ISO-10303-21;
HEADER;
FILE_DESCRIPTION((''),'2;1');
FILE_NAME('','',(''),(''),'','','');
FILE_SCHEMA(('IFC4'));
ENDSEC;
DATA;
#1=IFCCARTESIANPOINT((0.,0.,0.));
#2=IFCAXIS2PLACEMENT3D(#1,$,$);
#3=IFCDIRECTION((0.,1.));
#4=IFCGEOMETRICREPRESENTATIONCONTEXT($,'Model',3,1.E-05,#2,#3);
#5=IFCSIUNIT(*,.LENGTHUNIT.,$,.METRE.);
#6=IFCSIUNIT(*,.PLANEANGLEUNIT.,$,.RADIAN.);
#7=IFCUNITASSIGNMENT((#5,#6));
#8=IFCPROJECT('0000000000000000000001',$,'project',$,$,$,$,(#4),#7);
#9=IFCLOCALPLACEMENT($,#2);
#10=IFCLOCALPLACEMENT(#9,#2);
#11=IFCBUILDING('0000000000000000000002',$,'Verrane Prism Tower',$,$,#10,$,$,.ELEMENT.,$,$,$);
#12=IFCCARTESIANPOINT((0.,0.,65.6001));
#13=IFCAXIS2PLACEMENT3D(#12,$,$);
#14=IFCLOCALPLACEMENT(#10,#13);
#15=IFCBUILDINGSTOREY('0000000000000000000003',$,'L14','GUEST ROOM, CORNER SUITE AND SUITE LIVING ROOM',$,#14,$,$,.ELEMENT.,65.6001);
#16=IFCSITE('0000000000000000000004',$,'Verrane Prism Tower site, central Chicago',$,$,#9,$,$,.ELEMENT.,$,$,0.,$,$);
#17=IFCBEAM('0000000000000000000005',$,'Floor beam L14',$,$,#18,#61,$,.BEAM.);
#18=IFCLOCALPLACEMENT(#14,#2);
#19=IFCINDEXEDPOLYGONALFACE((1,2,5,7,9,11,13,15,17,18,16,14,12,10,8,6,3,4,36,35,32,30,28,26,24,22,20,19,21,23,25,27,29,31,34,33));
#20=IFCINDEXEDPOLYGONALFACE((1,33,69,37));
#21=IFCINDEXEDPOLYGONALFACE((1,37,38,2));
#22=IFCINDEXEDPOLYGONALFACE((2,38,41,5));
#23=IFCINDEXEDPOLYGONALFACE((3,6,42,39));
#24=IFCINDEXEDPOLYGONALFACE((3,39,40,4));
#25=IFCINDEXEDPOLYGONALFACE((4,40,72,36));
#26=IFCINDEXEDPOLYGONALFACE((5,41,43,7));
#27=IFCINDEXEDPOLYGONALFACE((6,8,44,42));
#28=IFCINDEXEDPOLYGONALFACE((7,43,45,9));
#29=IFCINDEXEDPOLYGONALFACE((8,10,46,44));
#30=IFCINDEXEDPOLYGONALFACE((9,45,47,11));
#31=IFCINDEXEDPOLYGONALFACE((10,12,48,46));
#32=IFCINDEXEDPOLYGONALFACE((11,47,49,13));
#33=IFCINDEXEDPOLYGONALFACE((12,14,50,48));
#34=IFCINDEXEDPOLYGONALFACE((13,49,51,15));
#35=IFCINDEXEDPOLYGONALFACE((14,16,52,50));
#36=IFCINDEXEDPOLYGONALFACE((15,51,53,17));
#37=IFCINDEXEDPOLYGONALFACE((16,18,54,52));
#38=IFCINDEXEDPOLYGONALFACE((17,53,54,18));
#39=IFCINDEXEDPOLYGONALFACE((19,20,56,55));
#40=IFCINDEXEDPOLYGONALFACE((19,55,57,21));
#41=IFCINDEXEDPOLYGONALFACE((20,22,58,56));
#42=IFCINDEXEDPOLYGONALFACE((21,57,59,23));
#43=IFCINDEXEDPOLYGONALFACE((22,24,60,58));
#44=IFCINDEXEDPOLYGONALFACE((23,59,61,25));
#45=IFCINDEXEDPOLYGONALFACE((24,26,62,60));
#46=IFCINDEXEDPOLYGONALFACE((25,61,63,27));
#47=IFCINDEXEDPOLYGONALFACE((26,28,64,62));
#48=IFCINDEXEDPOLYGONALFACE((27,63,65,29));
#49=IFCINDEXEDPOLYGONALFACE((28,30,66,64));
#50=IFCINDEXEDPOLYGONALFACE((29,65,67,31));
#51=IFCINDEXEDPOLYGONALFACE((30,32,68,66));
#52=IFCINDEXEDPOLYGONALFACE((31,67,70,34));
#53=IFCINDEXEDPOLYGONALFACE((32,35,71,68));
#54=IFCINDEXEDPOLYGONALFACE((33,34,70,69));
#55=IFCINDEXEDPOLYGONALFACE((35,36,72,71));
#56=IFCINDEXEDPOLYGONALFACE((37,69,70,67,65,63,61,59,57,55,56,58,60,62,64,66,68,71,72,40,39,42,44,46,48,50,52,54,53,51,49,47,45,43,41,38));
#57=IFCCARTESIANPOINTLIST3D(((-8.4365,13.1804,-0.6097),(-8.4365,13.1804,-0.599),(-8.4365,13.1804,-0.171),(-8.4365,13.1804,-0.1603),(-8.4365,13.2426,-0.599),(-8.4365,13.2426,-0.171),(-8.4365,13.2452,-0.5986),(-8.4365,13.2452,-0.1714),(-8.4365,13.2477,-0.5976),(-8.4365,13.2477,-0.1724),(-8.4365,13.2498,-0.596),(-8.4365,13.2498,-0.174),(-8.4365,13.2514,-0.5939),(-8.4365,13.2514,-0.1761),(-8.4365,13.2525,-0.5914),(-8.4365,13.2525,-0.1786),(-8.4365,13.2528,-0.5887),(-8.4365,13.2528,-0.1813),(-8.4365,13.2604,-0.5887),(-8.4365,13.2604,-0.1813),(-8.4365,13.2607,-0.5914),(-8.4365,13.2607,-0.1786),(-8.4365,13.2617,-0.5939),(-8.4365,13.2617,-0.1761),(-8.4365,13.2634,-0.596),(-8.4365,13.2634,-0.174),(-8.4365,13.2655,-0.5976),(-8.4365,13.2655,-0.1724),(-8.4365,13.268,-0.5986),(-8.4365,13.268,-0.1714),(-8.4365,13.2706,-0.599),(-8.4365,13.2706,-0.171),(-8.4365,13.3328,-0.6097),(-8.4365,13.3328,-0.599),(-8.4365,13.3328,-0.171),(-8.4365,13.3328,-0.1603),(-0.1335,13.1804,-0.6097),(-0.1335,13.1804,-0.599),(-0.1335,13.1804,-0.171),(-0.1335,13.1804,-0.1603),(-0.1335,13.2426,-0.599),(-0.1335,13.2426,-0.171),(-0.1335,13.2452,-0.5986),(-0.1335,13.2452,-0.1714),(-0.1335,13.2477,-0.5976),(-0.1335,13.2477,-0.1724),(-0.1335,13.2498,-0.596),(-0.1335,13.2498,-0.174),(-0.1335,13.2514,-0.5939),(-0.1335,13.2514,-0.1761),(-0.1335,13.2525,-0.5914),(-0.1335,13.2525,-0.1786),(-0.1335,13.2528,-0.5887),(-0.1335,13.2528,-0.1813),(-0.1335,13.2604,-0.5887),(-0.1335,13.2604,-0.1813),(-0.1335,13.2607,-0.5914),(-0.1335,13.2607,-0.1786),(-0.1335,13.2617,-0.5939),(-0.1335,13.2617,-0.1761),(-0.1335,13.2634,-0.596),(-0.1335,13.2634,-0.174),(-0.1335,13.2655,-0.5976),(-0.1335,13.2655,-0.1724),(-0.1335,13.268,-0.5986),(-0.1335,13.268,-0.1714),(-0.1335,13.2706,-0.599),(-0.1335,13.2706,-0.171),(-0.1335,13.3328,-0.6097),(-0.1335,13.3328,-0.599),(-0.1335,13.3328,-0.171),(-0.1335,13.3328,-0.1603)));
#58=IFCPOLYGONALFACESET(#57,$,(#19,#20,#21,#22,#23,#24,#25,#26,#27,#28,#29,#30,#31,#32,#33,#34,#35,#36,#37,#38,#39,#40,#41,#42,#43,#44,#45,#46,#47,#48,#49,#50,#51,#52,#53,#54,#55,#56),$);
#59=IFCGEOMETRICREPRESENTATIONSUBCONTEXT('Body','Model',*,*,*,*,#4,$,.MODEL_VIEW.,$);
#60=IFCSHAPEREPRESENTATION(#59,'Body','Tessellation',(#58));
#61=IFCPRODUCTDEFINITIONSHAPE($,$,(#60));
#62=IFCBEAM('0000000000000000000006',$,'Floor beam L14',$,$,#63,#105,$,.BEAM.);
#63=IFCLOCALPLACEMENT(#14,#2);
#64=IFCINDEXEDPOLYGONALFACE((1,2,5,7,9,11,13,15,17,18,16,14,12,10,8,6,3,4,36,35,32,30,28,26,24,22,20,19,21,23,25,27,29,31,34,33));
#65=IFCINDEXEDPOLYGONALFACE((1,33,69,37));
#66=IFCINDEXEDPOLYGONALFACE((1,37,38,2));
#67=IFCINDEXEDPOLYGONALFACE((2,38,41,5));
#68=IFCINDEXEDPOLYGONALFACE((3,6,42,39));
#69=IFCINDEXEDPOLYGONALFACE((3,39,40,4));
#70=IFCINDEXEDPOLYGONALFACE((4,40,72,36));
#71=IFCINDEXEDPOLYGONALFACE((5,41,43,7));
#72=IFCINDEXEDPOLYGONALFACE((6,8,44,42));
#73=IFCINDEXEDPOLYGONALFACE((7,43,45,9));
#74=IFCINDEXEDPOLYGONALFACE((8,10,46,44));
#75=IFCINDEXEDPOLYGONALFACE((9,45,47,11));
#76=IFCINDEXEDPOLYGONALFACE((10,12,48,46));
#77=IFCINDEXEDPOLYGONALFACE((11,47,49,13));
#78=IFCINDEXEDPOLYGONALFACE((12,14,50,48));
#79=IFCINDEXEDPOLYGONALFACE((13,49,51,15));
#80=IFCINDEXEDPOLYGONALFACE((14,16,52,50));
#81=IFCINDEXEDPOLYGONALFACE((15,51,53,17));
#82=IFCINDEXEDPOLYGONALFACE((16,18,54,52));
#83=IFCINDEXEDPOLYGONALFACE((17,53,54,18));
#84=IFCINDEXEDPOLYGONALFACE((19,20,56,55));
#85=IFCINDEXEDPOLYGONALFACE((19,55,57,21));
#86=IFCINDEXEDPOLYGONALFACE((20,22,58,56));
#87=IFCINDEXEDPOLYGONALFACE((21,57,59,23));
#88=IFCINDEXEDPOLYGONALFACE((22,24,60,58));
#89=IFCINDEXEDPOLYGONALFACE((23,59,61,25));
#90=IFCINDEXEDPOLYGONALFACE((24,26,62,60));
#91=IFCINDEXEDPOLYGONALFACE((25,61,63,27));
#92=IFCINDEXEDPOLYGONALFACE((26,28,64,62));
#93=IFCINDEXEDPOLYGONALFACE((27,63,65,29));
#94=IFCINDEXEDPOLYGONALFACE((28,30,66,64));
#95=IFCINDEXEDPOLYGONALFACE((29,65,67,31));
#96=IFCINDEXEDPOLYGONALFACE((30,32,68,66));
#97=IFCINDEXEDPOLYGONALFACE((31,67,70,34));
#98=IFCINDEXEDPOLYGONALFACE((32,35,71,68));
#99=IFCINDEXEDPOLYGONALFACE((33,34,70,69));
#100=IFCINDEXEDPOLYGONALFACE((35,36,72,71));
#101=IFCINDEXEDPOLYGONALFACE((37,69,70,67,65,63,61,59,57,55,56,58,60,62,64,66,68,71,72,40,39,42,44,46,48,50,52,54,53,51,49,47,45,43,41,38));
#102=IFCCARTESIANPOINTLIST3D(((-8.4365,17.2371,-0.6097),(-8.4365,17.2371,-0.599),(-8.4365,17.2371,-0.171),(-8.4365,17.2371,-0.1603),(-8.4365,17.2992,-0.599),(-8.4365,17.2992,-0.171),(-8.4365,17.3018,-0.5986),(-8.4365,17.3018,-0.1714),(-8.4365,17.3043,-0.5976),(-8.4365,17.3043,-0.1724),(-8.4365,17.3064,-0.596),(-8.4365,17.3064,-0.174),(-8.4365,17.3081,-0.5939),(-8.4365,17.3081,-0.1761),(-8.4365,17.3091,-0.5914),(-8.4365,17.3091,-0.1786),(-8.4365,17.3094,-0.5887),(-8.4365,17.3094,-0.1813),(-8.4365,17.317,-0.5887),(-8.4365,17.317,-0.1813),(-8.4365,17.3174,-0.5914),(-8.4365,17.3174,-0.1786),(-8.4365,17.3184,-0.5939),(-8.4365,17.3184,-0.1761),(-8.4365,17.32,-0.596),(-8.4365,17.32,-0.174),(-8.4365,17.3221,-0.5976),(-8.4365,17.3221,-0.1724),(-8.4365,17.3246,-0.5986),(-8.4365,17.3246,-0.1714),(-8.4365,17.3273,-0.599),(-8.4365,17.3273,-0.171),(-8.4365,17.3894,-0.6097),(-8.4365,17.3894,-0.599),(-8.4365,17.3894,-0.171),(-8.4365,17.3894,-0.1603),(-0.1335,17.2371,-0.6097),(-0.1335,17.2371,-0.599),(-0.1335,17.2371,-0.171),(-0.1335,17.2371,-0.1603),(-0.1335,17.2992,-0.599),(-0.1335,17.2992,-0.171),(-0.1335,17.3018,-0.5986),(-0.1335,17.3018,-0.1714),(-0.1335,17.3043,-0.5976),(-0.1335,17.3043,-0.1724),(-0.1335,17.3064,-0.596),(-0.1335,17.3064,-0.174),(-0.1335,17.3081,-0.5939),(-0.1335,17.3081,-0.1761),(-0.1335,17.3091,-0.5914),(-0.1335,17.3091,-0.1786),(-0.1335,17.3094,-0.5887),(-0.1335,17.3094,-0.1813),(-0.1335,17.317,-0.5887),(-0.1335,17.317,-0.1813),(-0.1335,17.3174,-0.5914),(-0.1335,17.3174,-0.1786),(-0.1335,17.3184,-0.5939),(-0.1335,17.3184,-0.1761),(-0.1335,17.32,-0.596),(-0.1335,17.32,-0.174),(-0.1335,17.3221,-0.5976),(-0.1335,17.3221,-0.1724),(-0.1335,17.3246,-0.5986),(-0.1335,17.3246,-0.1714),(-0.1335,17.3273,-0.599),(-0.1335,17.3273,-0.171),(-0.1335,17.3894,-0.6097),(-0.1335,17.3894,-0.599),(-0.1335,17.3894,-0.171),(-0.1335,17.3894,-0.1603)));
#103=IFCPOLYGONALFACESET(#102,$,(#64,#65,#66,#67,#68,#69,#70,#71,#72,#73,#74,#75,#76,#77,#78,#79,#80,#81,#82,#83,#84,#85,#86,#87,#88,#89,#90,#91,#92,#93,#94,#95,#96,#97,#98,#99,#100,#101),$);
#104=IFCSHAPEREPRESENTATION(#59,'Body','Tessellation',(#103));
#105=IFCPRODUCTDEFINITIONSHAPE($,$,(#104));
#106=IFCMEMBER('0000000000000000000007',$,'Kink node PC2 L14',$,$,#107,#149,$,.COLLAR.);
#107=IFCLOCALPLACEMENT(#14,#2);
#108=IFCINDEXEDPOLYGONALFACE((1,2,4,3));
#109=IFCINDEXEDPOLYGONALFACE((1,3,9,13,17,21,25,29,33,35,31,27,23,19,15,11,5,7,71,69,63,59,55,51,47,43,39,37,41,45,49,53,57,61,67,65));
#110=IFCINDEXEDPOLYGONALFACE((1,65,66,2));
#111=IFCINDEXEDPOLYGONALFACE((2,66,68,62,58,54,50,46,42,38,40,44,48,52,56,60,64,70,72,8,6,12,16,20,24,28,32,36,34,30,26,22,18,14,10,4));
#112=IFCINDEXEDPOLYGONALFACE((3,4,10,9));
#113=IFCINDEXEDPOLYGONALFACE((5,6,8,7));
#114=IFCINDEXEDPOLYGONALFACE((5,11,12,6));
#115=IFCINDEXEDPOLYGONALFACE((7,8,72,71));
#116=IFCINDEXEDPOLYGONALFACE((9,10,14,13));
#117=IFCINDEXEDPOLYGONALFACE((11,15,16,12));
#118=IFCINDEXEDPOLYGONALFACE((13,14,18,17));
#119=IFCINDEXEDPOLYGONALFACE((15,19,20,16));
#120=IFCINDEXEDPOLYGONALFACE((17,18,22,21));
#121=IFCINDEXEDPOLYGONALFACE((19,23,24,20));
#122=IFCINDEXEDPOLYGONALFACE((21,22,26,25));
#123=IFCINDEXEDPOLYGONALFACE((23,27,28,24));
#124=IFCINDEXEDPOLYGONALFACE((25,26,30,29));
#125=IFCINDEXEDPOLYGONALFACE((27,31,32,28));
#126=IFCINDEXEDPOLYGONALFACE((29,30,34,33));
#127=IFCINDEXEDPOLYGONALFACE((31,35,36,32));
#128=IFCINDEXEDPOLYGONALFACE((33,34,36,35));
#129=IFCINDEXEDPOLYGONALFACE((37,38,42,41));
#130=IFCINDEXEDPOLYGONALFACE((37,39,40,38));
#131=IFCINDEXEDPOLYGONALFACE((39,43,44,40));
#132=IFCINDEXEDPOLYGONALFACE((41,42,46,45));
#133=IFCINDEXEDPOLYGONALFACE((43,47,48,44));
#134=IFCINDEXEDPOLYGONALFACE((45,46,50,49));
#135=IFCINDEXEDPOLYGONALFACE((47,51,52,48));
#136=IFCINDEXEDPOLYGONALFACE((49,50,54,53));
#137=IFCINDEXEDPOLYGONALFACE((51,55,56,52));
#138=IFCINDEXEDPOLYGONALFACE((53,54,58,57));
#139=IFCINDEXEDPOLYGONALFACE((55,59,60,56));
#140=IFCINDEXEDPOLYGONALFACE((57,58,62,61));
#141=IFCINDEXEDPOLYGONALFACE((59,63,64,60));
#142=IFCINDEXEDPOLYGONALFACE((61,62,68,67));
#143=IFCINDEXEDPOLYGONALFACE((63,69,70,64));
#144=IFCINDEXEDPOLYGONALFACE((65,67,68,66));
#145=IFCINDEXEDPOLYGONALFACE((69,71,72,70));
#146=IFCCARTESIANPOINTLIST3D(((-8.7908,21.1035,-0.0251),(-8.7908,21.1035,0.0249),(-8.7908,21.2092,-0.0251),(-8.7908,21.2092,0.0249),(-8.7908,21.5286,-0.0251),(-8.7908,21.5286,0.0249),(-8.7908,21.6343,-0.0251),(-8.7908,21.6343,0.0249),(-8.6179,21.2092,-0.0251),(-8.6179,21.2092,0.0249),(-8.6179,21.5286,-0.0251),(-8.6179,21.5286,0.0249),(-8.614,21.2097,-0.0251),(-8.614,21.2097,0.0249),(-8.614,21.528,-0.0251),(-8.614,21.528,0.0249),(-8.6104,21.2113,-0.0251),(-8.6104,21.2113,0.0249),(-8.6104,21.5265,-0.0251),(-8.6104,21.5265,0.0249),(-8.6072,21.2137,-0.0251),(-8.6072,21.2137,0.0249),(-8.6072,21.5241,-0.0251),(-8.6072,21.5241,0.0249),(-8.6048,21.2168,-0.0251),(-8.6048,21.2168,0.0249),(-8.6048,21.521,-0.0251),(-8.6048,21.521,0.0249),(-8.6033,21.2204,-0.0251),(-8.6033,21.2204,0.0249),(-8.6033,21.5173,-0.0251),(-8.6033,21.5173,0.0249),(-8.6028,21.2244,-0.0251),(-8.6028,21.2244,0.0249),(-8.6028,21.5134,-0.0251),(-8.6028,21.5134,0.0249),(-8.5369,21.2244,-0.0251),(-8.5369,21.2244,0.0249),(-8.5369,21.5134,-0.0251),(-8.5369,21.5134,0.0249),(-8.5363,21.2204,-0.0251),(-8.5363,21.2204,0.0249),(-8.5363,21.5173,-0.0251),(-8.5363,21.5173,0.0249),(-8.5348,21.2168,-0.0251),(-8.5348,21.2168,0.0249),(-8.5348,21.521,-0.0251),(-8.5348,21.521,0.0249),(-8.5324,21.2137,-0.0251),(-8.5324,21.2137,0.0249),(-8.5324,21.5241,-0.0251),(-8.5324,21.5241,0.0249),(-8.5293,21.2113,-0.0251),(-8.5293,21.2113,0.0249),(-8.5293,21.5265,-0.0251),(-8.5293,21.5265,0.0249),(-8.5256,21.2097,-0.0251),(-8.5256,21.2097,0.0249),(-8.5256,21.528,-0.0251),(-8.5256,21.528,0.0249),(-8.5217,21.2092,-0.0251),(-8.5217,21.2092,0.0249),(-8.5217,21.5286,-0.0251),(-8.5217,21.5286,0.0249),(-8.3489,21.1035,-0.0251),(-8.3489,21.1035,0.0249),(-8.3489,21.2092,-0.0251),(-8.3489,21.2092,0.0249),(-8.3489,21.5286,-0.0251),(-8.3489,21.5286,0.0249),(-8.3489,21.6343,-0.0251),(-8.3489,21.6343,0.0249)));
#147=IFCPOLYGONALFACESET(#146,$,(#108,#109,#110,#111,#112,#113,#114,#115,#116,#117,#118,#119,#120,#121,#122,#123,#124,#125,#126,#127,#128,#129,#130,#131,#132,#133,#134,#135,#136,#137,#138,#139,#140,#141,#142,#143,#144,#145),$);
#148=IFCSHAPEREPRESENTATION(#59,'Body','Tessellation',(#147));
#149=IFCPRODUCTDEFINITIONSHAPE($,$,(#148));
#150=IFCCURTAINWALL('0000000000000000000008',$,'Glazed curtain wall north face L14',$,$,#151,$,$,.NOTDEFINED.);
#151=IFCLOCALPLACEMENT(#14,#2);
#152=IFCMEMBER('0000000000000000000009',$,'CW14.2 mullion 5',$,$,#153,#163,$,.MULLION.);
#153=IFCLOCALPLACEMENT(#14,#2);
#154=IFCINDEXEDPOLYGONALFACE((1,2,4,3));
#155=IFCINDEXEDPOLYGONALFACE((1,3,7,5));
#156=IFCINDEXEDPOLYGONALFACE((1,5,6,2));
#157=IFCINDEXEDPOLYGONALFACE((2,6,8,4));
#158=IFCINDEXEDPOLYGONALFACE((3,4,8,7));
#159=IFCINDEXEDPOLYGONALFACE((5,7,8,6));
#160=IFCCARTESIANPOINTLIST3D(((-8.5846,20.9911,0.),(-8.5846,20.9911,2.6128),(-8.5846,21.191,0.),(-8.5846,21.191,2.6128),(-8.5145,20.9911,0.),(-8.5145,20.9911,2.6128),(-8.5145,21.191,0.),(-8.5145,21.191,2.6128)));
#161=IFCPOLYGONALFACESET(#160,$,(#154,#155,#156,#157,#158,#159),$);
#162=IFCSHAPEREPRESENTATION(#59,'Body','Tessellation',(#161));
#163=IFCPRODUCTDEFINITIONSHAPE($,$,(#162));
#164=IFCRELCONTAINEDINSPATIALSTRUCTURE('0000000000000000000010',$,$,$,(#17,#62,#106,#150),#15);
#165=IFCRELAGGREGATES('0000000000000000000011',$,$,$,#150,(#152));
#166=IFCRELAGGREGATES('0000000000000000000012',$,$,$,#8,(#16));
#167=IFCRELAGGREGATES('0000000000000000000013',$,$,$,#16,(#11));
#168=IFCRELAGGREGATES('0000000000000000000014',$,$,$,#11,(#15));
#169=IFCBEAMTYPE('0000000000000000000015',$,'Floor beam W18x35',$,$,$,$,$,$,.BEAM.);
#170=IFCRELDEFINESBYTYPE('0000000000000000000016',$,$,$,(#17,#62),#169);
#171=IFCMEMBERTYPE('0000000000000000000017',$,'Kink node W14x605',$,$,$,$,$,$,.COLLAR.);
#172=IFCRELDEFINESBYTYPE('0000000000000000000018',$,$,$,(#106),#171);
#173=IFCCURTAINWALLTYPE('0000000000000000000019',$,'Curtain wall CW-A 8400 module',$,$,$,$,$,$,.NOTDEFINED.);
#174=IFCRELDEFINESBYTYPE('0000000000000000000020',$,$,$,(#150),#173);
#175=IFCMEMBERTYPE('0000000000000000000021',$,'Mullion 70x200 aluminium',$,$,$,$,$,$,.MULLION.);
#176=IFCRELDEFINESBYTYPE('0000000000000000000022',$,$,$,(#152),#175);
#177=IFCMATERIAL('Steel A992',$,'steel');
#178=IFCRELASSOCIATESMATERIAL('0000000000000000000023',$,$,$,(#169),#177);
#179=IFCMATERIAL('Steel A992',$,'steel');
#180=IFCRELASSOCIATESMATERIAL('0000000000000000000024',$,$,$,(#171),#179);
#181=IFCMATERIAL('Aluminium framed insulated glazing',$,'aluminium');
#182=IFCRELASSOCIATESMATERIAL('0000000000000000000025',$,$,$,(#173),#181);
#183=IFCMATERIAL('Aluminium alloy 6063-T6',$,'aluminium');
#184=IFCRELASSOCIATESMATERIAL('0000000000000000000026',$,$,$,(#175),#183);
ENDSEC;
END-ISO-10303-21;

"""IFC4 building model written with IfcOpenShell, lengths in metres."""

from ifc_helpers import new_model, si_unit, direction, frame, origin, origin_2d, place, context, subcontext, project, spatial, rectangle, i_section, extrude, material, material_profile, profile_set, type_object, element, aggregate, save


model = new_model("IFC4")

# Units and contexts
model_context = context("Model", 3, precision=1e-05, world=origin(), true_north=direction((0.0, 1.0)))
body_context = subcontext(model_context, "Body", "Model", "MODEL_VIEW")
ifc_project = project(units=[si_unit("LENGTHUNIT", "METRE"), si_unit("PLANEANGLEUNIT", "RADIAN")], contexts=[model_context])

# Site, building, storey
site_placement = place(None, origin())
site = spatial("IfcSite", under=ifc_project, at=site_placement, Name="Verrane Prism Tower site, central Chicago", CompositionType="ELEMENT", RefElevation=0.0)
building_placement = place(site_placement, origin())
building = spatial("IfcBuilding", under=site, at=building_placement, Name="Verrane Prism Tower", CompositionType="ELEMENT")
storey_placement = place(building_placement, frame((0.0, 0.0, 65.6001)))
storey = spatial("IfcBuildingStorey", under=building, at=storey_placement, Name="L14", Description="GUEST ROOM, CORNER SUITE AND SUITE LIVING ROOM", CompositionType="ELEMENT", Elevation=65.6001)

# Beams
ifc_material_1 = material(Name="Steel A992", Category="steel")
ifc_material_profile_1 = material_profile(ifc_material_1, i_section(OverallWidth=0.1523, OverallDepth=0.4495, WebThickness=0.0076, FlangeThickness=0.0107, FilletRadius=0.0103, at=origin_2d()), Name="W18x35")
ifc_profile_set_1 = profile_set([ifc_material_profile_1], Name="Steel A992")
beam_type_1 = type_object("IfcBeamType", Name="Floor beam W18x35", PredefinedType="BEAM", material=ifc_profile_set_1)
for number, where, z_axis, x_axis, name in (
    (1, (-8.4365, 13.2566, -0.385), (1.0, 0.0, 0.0), (0.0, 1.0, 0.0), "Floor beam L14"),
    (2, (-8.4365, 17.3132, -0.385), (1.0, 0.0, 0.0), (0.0, 1.0, 0.0), "Floor beam L14"),
):
    element("IfcBeam", number, at=place(storey_placement, frame(where, z_axis=z_axis, x_axis=x_axis)), inside=storey, type_object=beam_type_1, Name=name, PredefinedType="BEAM", context=body_context, shape_type="SweptSolid", body=[
        extrude(i_section(OverallWidth=0.1523, OverallDepth=0.4495, WebThickness=0.0076, FlangeThickness=0.0107, FilletRadius=0.0103, at=origin_2d()), origin(), (0.0, 0.0, 1.0), 8.303),
    ])

# Member
ifc_material_2 = material(Name="Steel A992", Category="steel")
ifc_material_profile_2 = material_profile(ifc_material_2, i_section(OverallWidth=0.4419, OverallDepth=0.5308, WebThickness=0.0659, FlangeThickness=0.1057, FilletRadius=0.0151, at=origin_2d()), Name="W14x605")
ifc_profile_set_2 = profile_set([ifc_material_profile_2], Name="Steel A992")
member_type_1 = type_object("IfcMemberType", Name="Kink node W14x605", PredefinedType="COLLAR", material=ifc_profile_set_2)
member_1_placement = place(storey_placement, frame((-8.5698, 21.3689, -0.0251), z_axis=(0.0, 0.0, 1.0), x_axis=(1.0, 0.0, 0.0)))
element("IfcMember", 3, at=member_1_placement, inside=storey, type_object=member_type_1, Name="Kink node PC2 L14", PredefinedType="COLLAR", context=body_context, shape_type="SweptSolid", body=[
    extrude(i_section(OverallWidth=0.4419, OverallDepth=0.5308, WebThickness=0.0659, FlangeThickness=0.1057, FilletRadius=0.0151, at=origin_2d()), origin(), (0.0, 0.0, 1.0), 0.05),
])

# Curtain wall, member
ifc_material_3 = material(Name="Aluminium framed insulated glazing", Category="aluminium")
curtain_wall_type = type_object("IfcCurtainWallType", Name="Curtain wall CW-A 8400 module", PredefinedType="NOTDEFINED", material=ifc_material_3)
curtain_wall_placement = place(storey_placement, origin())
curtain_wall = element("IfcCurtainWall", 4, at=curtain_wall_placement, inside=storey, type_object=curtain_wall_type, Name="Glazed curtain wall north face L14", PredefinedType="NOTDEFINED")
ifc_material_4 = material(Name="Aluminium alloy 6063-T6", Category="aluminium")
ifc_material_profile_3 = material_profile(ifc_material_4, rectangle(XDim=0.2, YDim=0.0701, at=origin_2d()), Name="Mullion 70x200 aluminium")
ifc_profile_set_3 = profile_set([ifc_material_profile_3], Name="Aluminium alloy 6063-T6")
member_type_2 = type_object("IfcMemberType", Name="Mullion 70x200 aluminium", PredefinedType="MULLION", material=ifc_profile_set_3)
member_2_placement = place(storey_placement, frame((-8.5496, 21.0911, 0.0), z_axis=(0.0, 0.0, 1.0), x_axis=(0.0, -1.0, 0.0)))
member_2 = element("IfcMember", 5, at=member_2_placement, type_object=member_type_2, Name="CW14.2 mullion 5", PredefinedType="MULLION", context=body_context, shape_type="SweptSolid", body=[
    extrude(rectangle(XDim=0.2, YDim=0.0701, at=origin_2d()), origin(), (0.0, 0.0, 1.0), 2.6128),
])

aggregate(curtain_wall, [member_2])

save(model, "model.ifc")
